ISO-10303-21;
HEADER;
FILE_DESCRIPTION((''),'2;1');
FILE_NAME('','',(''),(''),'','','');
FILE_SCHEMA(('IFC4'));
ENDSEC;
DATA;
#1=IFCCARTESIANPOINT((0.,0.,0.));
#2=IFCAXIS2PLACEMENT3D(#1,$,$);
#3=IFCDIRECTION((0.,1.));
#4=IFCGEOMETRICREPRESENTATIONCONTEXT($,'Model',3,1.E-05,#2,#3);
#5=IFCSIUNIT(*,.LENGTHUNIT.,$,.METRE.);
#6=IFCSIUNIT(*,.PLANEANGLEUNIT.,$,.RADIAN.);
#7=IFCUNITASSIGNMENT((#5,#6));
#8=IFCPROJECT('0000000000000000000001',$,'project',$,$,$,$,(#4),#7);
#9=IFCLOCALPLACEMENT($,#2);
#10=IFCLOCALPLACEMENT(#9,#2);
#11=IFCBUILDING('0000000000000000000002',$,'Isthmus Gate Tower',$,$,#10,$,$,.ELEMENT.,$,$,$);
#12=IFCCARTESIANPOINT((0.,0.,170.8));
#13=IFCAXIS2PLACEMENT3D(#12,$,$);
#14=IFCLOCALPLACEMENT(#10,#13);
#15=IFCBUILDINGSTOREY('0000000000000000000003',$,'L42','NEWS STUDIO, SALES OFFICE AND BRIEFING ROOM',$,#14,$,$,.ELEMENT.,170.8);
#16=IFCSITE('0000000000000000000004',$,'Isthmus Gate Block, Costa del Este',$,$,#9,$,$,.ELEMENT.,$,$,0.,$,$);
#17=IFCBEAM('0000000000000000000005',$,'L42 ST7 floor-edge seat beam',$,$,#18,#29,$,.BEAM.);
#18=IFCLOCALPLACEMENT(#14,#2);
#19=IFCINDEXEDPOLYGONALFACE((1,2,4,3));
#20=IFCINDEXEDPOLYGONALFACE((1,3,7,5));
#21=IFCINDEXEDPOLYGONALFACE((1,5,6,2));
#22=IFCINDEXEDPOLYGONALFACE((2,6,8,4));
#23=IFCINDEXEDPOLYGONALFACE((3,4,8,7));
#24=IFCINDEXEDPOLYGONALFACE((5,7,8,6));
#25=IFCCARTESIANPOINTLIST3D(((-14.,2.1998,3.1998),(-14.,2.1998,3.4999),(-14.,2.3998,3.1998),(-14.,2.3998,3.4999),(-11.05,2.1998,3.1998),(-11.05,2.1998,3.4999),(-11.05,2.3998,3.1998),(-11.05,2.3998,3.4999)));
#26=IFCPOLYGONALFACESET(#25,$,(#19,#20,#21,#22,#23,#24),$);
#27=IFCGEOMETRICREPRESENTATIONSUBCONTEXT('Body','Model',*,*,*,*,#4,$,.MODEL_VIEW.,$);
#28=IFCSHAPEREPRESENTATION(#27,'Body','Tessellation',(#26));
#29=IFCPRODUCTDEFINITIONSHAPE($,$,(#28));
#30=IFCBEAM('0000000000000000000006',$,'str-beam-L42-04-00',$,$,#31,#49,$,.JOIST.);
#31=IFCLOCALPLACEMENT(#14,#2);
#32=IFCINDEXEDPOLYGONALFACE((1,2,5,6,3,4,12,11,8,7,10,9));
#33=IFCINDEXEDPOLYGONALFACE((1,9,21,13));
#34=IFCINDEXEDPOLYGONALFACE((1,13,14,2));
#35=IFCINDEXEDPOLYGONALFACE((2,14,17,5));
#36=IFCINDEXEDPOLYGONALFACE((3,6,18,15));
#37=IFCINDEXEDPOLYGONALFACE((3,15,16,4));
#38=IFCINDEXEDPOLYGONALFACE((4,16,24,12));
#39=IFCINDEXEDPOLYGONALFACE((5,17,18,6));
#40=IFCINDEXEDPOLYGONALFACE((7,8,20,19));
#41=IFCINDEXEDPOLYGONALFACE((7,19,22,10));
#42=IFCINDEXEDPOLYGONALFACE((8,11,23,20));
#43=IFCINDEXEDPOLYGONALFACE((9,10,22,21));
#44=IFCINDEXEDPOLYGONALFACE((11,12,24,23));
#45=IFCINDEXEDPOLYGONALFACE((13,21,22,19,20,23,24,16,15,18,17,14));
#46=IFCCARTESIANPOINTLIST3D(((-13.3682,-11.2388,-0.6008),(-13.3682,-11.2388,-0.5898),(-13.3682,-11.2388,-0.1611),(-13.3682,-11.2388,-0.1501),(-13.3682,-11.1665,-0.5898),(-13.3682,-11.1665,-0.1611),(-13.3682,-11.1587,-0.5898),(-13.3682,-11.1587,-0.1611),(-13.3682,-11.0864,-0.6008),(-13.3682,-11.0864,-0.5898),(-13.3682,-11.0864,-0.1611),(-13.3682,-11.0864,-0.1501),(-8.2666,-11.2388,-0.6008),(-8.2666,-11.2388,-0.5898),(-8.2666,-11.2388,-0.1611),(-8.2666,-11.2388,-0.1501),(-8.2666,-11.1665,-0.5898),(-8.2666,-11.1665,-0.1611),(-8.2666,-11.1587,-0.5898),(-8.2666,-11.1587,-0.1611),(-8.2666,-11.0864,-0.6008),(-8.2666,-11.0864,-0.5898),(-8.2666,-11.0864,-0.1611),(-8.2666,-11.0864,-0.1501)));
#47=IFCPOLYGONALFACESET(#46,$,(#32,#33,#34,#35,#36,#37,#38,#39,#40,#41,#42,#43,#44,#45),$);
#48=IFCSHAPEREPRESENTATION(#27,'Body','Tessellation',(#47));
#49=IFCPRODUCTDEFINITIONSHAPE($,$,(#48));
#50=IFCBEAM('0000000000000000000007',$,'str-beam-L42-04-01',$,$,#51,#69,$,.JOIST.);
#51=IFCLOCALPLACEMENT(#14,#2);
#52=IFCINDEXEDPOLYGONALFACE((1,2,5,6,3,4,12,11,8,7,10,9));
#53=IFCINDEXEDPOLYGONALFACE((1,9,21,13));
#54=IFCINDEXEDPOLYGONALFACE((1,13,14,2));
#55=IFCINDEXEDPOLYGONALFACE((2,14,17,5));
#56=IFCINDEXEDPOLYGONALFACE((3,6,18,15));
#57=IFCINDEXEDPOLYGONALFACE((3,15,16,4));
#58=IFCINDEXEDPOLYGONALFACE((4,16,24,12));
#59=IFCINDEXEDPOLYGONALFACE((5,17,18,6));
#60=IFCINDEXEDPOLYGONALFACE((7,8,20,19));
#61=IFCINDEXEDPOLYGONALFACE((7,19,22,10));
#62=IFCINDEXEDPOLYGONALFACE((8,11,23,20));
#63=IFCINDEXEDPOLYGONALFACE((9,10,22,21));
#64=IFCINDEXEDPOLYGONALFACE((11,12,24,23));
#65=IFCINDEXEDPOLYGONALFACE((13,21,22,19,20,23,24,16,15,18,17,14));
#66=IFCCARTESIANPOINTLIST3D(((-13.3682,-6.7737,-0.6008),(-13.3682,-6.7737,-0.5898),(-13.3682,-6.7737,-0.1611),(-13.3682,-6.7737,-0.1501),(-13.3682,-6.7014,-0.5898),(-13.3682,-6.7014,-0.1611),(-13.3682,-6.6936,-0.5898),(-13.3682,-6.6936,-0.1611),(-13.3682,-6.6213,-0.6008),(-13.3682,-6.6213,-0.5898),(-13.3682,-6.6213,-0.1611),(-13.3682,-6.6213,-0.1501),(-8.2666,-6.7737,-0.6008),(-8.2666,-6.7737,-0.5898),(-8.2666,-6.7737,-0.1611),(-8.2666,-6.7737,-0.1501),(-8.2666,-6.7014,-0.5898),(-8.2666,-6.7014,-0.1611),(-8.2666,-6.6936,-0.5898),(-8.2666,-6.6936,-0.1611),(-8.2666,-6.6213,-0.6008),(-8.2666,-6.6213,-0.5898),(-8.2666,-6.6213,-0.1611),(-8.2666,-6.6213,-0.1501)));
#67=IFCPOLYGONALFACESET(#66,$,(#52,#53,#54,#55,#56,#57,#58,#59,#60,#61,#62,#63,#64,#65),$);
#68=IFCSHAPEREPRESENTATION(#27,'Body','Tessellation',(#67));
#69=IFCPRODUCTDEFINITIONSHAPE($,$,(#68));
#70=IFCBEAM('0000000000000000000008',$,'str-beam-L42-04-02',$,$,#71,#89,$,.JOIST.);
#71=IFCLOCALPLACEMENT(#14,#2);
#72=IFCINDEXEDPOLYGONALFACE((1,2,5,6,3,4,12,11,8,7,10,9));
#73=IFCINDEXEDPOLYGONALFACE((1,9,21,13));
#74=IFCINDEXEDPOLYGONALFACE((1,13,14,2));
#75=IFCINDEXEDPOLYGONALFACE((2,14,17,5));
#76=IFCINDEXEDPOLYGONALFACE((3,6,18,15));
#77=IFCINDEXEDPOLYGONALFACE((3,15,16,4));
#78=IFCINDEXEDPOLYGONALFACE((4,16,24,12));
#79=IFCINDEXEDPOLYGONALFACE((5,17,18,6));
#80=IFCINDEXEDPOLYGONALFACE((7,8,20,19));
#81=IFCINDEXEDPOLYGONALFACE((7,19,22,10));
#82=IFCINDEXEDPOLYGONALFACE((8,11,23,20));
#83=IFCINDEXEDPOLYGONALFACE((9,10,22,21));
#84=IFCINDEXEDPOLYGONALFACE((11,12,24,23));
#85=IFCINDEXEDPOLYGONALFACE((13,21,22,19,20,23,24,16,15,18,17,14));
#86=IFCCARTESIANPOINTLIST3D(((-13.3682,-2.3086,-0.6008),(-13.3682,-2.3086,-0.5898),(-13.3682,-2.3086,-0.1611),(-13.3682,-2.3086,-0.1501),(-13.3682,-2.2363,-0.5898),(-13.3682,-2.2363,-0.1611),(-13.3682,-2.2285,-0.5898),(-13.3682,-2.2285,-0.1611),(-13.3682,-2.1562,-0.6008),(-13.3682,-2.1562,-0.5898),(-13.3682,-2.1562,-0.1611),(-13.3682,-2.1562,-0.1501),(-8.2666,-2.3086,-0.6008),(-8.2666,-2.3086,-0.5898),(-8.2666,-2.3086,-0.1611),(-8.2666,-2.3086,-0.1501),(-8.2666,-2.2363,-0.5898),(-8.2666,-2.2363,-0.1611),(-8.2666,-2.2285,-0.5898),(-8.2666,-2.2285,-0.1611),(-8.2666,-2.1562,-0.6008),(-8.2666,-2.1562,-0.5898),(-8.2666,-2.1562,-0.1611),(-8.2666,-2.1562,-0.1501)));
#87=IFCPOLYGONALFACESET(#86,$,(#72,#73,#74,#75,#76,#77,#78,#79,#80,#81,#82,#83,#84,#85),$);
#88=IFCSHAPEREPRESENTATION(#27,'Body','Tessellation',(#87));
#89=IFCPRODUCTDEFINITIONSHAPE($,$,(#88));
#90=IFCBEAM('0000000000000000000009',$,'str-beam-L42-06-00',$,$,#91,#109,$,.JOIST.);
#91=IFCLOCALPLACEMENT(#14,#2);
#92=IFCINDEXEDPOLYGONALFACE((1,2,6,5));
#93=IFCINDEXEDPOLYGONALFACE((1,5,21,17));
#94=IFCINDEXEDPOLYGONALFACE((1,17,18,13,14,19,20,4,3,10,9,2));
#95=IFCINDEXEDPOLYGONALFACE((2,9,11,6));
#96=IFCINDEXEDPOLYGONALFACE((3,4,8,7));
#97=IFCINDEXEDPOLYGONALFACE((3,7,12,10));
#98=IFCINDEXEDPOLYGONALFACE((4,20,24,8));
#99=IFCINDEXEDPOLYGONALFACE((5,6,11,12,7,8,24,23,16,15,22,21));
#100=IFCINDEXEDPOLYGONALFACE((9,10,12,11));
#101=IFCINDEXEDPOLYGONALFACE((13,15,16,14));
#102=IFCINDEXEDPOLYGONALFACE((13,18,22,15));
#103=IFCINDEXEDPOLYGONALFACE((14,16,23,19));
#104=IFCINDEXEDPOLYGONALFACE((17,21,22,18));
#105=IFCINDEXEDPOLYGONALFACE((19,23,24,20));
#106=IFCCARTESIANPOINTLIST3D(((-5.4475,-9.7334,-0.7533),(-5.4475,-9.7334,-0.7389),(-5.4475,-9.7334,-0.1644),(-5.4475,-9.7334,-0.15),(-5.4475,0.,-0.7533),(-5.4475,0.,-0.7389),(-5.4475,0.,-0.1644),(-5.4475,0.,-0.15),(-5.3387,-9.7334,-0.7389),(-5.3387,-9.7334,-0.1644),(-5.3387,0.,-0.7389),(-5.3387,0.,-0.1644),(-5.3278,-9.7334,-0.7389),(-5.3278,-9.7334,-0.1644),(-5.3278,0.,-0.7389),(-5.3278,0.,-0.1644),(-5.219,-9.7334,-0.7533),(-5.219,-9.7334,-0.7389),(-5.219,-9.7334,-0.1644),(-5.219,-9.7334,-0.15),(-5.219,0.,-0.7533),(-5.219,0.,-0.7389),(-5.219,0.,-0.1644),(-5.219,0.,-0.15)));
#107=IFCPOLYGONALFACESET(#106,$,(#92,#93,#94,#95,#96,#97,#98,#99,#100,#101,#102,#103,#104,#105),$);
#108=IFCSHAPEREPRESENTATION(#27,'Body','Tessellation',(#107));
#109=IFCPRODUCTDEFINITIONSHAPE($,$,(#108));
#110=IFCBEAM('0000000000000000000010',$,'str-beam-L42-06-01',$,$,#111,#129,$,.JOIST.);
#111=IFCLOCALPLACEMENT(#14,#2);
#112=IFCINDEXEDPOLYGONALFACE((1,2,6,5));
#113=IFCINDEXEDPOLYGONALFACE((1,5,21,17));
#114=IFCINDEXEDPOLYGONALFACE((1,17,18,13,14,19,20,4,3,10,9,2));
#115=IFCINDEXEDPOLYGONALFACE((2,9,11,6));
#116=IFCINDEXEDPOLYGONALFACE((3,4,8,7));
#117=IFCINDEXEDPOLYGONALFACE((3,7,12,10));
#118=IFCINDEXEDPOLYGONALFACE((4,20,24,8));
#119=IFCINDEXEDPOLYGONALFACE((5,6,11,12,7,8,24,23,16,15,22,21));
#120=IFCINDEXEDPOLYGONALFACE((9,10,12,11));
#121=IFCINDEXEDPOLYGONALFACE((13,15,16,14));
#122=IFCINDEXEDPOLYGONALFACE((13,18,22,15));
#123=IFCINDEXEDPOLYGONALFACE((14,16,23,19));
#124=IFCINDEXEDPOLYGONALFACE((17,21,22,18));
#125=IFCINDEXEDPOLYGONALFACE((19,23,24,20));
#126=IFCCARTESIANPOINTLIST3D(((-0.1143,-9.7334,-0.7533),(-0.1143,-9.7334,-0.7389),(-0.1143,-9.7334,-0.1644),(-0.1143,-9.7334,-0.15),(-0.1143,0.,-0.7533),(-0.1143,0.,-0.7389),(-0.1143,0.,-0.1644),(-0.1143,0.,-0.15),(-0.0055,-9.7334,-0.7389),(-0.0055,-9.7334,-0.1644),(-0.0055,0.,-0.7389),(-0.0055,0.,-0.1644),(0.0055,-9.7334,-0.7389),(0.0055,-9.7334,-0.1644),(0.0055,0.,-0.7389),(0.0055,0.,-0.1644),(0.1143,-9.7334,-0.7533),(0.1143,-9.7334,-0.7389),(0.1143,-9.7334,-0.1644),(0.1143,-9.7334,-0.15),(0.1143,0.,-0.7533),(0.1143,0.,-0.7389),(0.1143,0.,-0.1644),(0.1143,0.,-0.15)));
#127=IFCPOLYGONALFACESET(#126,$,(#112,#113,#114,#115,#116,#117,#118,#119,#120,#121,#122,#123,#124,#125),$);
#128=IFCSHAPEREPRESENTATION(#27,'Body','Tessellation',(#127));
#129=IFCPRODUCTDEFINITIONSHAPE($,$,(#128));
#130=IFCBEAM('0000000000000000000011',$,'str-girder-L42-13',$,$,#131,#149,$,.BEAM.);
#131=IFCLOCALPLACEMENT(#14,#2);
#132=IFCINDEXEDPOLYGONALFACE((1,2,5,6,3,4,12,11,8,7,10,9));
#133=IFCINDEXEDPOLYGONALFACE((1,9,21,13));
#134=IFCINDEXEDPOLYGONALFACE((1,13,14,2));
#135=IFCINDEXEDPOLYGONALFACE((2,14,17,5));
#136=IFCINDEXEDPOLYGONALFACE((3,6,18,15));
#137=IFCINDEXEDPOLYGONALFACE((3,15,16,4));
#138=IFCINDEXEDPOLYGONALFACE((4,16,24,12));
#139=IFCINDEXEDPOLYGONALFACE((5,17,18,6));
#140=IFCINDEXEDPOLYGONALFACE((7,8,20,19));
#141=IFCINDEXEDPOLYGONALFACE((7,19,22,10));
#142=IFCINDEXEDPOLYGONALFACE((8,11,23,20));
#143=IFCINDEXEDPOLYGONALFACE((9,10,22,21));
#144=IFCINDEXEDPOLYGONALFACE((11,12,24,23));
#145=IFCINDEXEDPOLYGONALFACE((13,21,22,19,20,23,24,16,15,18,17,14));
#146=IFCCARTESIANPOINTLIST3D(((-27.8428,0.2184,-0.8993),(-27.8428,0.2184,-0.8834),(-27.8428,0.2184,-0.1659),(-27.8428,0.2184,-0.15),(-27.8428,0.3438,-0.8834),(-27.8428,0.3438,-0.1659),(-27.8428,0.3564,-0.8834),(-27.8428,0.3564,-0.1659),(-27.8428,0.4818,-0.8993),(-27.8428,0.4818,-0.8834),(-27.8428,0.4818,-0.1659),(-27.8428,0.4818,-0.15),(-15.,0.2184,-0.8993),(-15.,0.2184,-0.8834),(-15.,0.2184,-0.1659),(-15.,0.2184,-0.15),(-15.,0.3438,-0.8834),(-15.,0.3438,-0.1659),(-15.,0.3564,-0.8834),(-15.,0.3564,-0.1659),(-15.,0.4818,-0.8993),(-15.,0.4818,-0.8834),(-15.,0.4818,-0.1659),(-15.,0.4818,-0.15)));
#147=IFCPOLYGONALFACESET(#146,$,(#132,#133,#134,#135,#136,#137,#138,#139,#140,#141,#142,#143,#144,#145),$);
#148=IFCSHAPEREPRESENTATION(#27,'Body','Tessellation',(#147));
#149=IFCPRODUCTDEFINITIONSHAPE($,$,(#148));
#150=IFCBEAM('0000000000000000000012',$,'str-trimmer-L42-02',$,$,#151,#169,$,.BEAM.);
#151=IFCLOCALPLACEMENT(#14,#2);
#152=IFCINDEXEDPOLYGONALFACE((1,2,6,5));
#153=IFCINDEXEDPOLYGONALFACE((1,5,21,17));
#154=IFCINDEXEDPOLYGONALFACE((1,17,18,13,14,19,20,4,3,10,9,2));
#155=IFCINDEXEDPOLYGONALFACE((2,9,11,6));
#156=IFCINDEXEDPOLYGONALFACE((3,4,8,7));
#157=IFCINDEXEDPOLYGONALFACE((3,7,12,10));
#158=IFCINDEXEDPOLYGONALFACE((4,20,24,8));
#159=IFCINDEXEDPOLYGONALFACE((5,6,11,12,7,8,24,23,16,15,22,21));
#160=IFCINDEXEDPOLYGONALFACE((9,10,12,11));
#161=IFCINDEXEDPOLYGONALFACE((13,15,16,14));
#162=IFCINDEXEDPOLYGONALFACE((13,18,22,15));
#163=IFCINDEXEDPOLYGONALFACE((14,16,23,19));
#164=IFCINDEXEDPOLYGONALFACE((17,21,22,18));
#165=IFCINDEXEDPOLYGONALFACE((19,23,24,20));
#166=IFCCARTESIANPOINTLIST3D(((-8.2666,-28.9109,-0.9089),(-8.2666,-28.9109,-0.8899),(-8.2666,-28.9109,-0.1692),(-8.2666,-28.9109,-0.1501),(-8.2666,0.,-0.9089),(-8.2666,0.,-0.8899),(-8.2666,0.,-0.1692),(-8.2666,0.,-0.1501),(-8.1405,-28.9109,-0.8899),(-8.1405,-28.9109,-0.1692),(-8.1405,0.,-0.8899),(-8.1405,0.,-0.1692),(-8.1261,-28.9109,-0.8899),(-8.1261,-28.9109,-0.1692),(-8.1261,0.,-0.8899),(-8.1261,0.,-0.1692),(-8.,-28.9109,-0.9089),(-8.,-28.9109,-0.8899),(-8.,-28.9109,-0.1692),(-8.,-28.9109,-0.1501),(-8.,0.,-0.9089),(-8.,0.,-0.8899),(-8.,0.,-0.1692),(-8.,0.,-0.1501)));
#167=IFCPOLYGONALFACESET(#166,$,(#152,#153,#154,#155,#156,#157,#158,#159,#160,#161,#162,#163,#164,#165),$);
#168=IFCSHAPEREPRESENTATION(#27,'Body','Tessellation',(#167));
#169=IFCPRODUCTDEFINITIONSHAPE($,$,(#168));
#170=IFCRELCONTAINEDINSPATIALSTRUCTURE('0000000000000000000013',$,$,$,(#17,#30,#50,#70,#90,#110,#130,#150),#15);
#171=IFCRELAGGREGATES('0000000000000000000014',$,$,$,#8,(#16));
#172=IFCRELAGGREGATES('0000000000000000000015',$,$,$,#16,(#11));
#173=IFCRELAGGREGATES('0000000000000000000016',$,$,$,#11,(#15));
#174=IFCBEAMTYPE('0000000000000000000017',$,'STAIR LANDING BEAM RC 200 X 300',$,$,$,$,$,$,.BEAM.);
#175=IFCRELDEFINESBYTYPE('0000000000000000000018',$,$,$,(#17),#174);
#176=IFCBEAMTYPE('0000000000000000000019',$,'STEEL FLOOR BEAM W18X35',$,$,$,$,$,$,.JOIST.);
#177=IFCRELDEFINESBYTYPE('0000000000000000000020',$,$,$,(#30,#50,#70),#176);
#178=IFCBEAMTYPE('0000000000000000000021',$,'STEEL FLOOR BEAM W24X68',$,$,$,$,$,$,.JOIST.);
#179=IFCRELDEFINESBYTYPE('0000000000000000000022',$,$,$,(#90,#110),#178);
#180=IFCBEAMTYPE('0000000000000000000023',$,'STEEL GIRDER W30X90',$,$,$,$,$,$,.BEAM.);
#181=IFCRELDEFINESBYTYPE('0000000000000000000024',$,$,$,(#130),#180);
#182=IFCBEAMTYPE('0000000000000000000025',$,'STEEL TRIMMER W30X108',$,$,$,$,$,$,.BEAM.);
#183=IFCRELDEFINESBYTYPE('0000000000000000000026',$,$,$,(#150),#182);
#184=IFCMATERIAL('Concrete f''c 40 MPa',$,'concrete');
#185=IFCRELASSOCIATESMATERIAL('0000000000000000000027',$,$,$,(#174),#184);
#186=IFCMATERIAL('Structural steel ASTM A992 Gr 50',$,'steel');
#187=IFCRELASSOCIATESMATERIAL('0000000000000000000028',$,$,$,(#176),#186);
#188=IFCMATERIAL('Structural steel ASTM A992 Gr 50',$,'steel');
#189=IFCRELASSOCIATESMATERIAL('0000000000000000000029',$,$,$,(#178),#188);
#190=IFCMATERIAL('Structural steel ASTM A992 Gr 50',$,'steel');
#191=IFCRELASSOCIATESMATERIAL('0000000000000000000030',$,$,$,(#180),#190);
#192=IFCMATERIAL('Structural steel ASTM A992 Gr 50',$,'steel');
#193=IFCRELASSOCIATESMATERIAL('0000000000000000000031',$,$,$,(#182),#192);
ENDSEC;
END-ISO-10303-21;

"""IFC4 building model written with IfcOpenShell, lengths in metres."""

from ifc_helpers import new_model, si_unit, direction, frame, origin, origin_2d, place, context, subcontext, project, spatial, rectangle, i_section, extrude, material, material_profile, profile_set, type_object, element, save


model = new_model("IFC4")

# Units and contexts
model_context = context("Model", 3, precision=1e-05, world=origin(), true_north=direction((0.0, 1.0)))
body_context = subcontext(model_context, "Body", "Model", "MODEL_VIEW")
ifc_project = project(units=[si_unit("LENGTHUNIT", "METRE"), si_unit("PLANEANGLEUNIT", "RADIAN")], contexts=[model_context])

# Site, building, storey
site_placement = place(None, origin())
site = spatial("IfcSite", under=ifc_project, at=site_placement, Name="Isthmus Gate Block, Costa del Este", CompositionType="ELEMENT", RefElevation=0.0)
building_placement = place(site_placement, origin())
building = spatial("IfcBuilding", under=site, at=building_placement, Name="Isthmus Gate Tower", CompositionType="ELEMENT")
storey_placement = place(building_placement, frame((0.0, 0.0, 170.8)))
storey = spatial("IfcBuildingStorey", under=building, at=storey_placement, Name="L42", Description="NEWS STUDIO, SALES OFFICE AND BRIEFING ROOM", CompositionType="ELEMENT", Elevation=170.8)

# Beams
ifc_material_1 = material(Name="Concrete f'c 40 MPa", Category="concrete")
ifc_material_profile_1 = material_profile(ifc_material_1, rectangle(XDim=0.2, YDim=0.3, at=origin_2d()), Name="STAIR LANDING BEAM RC 200 X 300")
ifc_profile_set_1 = profile_set([ifc_material_profile_1], Name="Concrete f'c 40 MPa")
beam_type_1 = type_object("IfcBeamType", Name="STAIR LANDING BEAM RC 200 X 300", PredefinedType="BEAM", material=ifc_profile_set_1)
beam_1_placement = place(storey_placement, frame((-14.0, 2.2998, 3.3499), z_axis=(1.0, 0.0, 0.0), x_axis=(0.0, 1.0, 0.0)))
element("IfcBeam", 1, at=beam_1_placement, inside=storey, type_object=beam_type_1, Name="L42 ST7 floor-edge seat beam", PredefinedType="BEAM", context=body_context, shape_type="SweptSolid", body=[
    extrude(rectangle(XDim=0.2, YDim=0.3, at=origin_2d()), origin(), (0.0, 0.0, 1.0), 2.95),
])
ifc_material_2 = material(Name="Structural steel ASTM A992 Gr 50", Category="steel")
ifc_material_profile_2 = material_profile(ifc_material_2, i_section(OverallWidth=0.1523, OverallDepth=0.4507, WebThickness=0.0078, FlangeThickness=0.011, at=origin_2d()), Name="W18X35")
ifc_profile_set_2 = profile_set([ifc_material_profile_2], Name="Structural steel ASTM A992 Gr 50")
beam_type_2 = type_object("IfcBeamType", Name="STEEL FLOOR BEAM W18X35", PredefinedType="JOIST", material=ifc_profile_set_2)
for number, where, z_axis, x_axis, name in (
    (2, (-13.3682, -11.1626, -0.3755), (1.0, 0.0, 0.0), (0.0, 1.0, 0.0), "str-beam-L42-04-00"),
    (3, (-13.3682, -6.6975, -0.3755), (1.0, 0.0, 0.0), (0.0, 1.0, 0.0), "str-beam-L42-04-01"),
    (4, (-13.3682, -2.2324, -0.3755), (1.0, 0.0, 0.0), (0.0, 1.0, 0.0), "str-beam-L42-04-02"),
):
    element("IfcBeam", number, at=place(storey_placement, frame(where, z_axis=z_axis, x_axis=x_axis)), inside=storey, type_object=beam_type_2, Name=name, PredefinedType="JOIST", context=body_context, shape_type="SweptSolid", body=[
        extrude(i_section(OverallWidth=0.1523, OverallDepth=0.4507, WebThickness=0.0078, FlangeThickness=0.011, at=origin_2d()), origin(), (0.0, 0.0, 1.0), 5.1016),
    ])
ifc_material_3 = material(Name="Structural steel ASTM A992 Gr 50", Category="steel")
ifc_material_profile_3 = material_profile(ifc_material_3, i_section(OverallWidth=0.2285, OverallDepth=0.6033, WebThickness=0.011, FlangeThickness=0.0144, at=origin_2d()), Name="W24X68")
ifc_profile_set_3 = profile_set([ifc_material_profile_3], Name="Structural steel ASTM A992 Gr 50")
beam_type_3 = type_object("IfcBeamType", Name="STEEL FLOOR BEAM W24X68", PredefinedType="JOIST", material=ifc_profile_set_3)
for number, where, z_axis, x_axis, name in (
    (5, (-5.3333, -9.7334, -0.4517), (0.0, 1.0, 0.0), (-1.0, 0.0, 0.0), "str-beam-L42-06-00"),
    (6, (0.0, -9.7334, -0.4517), (0.0, 1.0, 0.0), (-1.0, 0.0, 0.0), "str-beam-L42-06-01"),
):
    element("IfcBeam", number, at=place(storey_placement, frame(where, z_axis=z_axis, x_axis=x_axis)), inside=storey, type_object=beam_type_3, Name=name, PredefinedType="JOIST", context=body_context, shape_type="SweptSolid", body=[
        extrude(i_section(OverallWidth=0.2285, OverallDepth=0.6033, WebThickness=0.011, FlangeThickness=0.0144, at=origin_2d()), origin(), (0.0, 0.0, 1.0), 9.7334),
    ])
ifc_material_4 = material(Name="Structural steel ASTM A992 Gr 50", Category="steel")
ifc_material_profile_4 = material_profile(ifc_material_4, i_section(OverallWidth=0.2634, OverallDepth=0.7493, WebThickness=0.0127, FlangeThickness=0.0159, at=origin_2d()), Name="W30X90")
ifc_profile_set_4 = profile_set([ifc_material_profile_4], Name="Structural steel ASTM A992 Gr 50")
beam_type_4 = type_object("IfcBeamType", Name="STEEL GIRDER W30X90", PredefinedType="BEAM", material=ifc_profile_set_4)
beam_2_placement = place(storey_placement, frame((-15.0, 0.3501, -0.5247), z_axis=(-1.0, 0.0, 0.0), x_axis=(0.0, -1.0, 0.0)))
element("IfcBeam", 7, at=beam_2_placement, inside=storey, type_object=beam_type_4, Name="str-girder-L42-13", PredefinedType="BEAM", context=body_context, shape_type="SweptSolid", body=[
    extrude(i_section(OverallWidth=0.2634, OverallDepth=0.7493, WebThickness=0.0127, FlangeThickness=0.0159, at=origin_2d()), origin(), (0.0, 0.0, 1.0), 12.8428),
])
ifc_material_5 = material(Name="Structural steel ASTM A992 Gr 50", Category="steel")
ifc_material_profile_5 = material_profile(ifc_material_5, i_section(OverallWidth=0.2666, OverallDepth=0.7588, WebThickness=0.0144, FlangeThickness=0.019, at=origin_2d()), Name="W30X108")
ifc_profile_set_5 = profile_set([ifc_material_profile_5], Name="Structural steel ASTM A992 Gr 50")
beam_type_5 = type_object("IfcBeamType", Name="STEEL TRIMMER W30X108", PredefinedType="BEAM", material=ifc_profile_set_5)
beam_3_placement = place(storey_placement, frame((-8.1333, 0.0, -0.5295), z_axis=(0.0, -1.0, 0.0), x_axis=(1.0, 0.0, 0.0)))
element("IfcBeam", 8, at=beam_3_placement, inside=storey, type_object=beam_type_5, Name="str-trimmer-L42-02", PredefinedType="BEAM", context=body_context, shape_type="SweptSolid", body=[
    extrude(i_section(OverallWidth=0.2666, OverallDepth=0.7588, WebThickness=0.0144, FlangeThickness=0.019, at=origin_2d()), origin(), (0.0, 0.0, 1.0), 28.9109),
])

save(model, "model.ifc")
